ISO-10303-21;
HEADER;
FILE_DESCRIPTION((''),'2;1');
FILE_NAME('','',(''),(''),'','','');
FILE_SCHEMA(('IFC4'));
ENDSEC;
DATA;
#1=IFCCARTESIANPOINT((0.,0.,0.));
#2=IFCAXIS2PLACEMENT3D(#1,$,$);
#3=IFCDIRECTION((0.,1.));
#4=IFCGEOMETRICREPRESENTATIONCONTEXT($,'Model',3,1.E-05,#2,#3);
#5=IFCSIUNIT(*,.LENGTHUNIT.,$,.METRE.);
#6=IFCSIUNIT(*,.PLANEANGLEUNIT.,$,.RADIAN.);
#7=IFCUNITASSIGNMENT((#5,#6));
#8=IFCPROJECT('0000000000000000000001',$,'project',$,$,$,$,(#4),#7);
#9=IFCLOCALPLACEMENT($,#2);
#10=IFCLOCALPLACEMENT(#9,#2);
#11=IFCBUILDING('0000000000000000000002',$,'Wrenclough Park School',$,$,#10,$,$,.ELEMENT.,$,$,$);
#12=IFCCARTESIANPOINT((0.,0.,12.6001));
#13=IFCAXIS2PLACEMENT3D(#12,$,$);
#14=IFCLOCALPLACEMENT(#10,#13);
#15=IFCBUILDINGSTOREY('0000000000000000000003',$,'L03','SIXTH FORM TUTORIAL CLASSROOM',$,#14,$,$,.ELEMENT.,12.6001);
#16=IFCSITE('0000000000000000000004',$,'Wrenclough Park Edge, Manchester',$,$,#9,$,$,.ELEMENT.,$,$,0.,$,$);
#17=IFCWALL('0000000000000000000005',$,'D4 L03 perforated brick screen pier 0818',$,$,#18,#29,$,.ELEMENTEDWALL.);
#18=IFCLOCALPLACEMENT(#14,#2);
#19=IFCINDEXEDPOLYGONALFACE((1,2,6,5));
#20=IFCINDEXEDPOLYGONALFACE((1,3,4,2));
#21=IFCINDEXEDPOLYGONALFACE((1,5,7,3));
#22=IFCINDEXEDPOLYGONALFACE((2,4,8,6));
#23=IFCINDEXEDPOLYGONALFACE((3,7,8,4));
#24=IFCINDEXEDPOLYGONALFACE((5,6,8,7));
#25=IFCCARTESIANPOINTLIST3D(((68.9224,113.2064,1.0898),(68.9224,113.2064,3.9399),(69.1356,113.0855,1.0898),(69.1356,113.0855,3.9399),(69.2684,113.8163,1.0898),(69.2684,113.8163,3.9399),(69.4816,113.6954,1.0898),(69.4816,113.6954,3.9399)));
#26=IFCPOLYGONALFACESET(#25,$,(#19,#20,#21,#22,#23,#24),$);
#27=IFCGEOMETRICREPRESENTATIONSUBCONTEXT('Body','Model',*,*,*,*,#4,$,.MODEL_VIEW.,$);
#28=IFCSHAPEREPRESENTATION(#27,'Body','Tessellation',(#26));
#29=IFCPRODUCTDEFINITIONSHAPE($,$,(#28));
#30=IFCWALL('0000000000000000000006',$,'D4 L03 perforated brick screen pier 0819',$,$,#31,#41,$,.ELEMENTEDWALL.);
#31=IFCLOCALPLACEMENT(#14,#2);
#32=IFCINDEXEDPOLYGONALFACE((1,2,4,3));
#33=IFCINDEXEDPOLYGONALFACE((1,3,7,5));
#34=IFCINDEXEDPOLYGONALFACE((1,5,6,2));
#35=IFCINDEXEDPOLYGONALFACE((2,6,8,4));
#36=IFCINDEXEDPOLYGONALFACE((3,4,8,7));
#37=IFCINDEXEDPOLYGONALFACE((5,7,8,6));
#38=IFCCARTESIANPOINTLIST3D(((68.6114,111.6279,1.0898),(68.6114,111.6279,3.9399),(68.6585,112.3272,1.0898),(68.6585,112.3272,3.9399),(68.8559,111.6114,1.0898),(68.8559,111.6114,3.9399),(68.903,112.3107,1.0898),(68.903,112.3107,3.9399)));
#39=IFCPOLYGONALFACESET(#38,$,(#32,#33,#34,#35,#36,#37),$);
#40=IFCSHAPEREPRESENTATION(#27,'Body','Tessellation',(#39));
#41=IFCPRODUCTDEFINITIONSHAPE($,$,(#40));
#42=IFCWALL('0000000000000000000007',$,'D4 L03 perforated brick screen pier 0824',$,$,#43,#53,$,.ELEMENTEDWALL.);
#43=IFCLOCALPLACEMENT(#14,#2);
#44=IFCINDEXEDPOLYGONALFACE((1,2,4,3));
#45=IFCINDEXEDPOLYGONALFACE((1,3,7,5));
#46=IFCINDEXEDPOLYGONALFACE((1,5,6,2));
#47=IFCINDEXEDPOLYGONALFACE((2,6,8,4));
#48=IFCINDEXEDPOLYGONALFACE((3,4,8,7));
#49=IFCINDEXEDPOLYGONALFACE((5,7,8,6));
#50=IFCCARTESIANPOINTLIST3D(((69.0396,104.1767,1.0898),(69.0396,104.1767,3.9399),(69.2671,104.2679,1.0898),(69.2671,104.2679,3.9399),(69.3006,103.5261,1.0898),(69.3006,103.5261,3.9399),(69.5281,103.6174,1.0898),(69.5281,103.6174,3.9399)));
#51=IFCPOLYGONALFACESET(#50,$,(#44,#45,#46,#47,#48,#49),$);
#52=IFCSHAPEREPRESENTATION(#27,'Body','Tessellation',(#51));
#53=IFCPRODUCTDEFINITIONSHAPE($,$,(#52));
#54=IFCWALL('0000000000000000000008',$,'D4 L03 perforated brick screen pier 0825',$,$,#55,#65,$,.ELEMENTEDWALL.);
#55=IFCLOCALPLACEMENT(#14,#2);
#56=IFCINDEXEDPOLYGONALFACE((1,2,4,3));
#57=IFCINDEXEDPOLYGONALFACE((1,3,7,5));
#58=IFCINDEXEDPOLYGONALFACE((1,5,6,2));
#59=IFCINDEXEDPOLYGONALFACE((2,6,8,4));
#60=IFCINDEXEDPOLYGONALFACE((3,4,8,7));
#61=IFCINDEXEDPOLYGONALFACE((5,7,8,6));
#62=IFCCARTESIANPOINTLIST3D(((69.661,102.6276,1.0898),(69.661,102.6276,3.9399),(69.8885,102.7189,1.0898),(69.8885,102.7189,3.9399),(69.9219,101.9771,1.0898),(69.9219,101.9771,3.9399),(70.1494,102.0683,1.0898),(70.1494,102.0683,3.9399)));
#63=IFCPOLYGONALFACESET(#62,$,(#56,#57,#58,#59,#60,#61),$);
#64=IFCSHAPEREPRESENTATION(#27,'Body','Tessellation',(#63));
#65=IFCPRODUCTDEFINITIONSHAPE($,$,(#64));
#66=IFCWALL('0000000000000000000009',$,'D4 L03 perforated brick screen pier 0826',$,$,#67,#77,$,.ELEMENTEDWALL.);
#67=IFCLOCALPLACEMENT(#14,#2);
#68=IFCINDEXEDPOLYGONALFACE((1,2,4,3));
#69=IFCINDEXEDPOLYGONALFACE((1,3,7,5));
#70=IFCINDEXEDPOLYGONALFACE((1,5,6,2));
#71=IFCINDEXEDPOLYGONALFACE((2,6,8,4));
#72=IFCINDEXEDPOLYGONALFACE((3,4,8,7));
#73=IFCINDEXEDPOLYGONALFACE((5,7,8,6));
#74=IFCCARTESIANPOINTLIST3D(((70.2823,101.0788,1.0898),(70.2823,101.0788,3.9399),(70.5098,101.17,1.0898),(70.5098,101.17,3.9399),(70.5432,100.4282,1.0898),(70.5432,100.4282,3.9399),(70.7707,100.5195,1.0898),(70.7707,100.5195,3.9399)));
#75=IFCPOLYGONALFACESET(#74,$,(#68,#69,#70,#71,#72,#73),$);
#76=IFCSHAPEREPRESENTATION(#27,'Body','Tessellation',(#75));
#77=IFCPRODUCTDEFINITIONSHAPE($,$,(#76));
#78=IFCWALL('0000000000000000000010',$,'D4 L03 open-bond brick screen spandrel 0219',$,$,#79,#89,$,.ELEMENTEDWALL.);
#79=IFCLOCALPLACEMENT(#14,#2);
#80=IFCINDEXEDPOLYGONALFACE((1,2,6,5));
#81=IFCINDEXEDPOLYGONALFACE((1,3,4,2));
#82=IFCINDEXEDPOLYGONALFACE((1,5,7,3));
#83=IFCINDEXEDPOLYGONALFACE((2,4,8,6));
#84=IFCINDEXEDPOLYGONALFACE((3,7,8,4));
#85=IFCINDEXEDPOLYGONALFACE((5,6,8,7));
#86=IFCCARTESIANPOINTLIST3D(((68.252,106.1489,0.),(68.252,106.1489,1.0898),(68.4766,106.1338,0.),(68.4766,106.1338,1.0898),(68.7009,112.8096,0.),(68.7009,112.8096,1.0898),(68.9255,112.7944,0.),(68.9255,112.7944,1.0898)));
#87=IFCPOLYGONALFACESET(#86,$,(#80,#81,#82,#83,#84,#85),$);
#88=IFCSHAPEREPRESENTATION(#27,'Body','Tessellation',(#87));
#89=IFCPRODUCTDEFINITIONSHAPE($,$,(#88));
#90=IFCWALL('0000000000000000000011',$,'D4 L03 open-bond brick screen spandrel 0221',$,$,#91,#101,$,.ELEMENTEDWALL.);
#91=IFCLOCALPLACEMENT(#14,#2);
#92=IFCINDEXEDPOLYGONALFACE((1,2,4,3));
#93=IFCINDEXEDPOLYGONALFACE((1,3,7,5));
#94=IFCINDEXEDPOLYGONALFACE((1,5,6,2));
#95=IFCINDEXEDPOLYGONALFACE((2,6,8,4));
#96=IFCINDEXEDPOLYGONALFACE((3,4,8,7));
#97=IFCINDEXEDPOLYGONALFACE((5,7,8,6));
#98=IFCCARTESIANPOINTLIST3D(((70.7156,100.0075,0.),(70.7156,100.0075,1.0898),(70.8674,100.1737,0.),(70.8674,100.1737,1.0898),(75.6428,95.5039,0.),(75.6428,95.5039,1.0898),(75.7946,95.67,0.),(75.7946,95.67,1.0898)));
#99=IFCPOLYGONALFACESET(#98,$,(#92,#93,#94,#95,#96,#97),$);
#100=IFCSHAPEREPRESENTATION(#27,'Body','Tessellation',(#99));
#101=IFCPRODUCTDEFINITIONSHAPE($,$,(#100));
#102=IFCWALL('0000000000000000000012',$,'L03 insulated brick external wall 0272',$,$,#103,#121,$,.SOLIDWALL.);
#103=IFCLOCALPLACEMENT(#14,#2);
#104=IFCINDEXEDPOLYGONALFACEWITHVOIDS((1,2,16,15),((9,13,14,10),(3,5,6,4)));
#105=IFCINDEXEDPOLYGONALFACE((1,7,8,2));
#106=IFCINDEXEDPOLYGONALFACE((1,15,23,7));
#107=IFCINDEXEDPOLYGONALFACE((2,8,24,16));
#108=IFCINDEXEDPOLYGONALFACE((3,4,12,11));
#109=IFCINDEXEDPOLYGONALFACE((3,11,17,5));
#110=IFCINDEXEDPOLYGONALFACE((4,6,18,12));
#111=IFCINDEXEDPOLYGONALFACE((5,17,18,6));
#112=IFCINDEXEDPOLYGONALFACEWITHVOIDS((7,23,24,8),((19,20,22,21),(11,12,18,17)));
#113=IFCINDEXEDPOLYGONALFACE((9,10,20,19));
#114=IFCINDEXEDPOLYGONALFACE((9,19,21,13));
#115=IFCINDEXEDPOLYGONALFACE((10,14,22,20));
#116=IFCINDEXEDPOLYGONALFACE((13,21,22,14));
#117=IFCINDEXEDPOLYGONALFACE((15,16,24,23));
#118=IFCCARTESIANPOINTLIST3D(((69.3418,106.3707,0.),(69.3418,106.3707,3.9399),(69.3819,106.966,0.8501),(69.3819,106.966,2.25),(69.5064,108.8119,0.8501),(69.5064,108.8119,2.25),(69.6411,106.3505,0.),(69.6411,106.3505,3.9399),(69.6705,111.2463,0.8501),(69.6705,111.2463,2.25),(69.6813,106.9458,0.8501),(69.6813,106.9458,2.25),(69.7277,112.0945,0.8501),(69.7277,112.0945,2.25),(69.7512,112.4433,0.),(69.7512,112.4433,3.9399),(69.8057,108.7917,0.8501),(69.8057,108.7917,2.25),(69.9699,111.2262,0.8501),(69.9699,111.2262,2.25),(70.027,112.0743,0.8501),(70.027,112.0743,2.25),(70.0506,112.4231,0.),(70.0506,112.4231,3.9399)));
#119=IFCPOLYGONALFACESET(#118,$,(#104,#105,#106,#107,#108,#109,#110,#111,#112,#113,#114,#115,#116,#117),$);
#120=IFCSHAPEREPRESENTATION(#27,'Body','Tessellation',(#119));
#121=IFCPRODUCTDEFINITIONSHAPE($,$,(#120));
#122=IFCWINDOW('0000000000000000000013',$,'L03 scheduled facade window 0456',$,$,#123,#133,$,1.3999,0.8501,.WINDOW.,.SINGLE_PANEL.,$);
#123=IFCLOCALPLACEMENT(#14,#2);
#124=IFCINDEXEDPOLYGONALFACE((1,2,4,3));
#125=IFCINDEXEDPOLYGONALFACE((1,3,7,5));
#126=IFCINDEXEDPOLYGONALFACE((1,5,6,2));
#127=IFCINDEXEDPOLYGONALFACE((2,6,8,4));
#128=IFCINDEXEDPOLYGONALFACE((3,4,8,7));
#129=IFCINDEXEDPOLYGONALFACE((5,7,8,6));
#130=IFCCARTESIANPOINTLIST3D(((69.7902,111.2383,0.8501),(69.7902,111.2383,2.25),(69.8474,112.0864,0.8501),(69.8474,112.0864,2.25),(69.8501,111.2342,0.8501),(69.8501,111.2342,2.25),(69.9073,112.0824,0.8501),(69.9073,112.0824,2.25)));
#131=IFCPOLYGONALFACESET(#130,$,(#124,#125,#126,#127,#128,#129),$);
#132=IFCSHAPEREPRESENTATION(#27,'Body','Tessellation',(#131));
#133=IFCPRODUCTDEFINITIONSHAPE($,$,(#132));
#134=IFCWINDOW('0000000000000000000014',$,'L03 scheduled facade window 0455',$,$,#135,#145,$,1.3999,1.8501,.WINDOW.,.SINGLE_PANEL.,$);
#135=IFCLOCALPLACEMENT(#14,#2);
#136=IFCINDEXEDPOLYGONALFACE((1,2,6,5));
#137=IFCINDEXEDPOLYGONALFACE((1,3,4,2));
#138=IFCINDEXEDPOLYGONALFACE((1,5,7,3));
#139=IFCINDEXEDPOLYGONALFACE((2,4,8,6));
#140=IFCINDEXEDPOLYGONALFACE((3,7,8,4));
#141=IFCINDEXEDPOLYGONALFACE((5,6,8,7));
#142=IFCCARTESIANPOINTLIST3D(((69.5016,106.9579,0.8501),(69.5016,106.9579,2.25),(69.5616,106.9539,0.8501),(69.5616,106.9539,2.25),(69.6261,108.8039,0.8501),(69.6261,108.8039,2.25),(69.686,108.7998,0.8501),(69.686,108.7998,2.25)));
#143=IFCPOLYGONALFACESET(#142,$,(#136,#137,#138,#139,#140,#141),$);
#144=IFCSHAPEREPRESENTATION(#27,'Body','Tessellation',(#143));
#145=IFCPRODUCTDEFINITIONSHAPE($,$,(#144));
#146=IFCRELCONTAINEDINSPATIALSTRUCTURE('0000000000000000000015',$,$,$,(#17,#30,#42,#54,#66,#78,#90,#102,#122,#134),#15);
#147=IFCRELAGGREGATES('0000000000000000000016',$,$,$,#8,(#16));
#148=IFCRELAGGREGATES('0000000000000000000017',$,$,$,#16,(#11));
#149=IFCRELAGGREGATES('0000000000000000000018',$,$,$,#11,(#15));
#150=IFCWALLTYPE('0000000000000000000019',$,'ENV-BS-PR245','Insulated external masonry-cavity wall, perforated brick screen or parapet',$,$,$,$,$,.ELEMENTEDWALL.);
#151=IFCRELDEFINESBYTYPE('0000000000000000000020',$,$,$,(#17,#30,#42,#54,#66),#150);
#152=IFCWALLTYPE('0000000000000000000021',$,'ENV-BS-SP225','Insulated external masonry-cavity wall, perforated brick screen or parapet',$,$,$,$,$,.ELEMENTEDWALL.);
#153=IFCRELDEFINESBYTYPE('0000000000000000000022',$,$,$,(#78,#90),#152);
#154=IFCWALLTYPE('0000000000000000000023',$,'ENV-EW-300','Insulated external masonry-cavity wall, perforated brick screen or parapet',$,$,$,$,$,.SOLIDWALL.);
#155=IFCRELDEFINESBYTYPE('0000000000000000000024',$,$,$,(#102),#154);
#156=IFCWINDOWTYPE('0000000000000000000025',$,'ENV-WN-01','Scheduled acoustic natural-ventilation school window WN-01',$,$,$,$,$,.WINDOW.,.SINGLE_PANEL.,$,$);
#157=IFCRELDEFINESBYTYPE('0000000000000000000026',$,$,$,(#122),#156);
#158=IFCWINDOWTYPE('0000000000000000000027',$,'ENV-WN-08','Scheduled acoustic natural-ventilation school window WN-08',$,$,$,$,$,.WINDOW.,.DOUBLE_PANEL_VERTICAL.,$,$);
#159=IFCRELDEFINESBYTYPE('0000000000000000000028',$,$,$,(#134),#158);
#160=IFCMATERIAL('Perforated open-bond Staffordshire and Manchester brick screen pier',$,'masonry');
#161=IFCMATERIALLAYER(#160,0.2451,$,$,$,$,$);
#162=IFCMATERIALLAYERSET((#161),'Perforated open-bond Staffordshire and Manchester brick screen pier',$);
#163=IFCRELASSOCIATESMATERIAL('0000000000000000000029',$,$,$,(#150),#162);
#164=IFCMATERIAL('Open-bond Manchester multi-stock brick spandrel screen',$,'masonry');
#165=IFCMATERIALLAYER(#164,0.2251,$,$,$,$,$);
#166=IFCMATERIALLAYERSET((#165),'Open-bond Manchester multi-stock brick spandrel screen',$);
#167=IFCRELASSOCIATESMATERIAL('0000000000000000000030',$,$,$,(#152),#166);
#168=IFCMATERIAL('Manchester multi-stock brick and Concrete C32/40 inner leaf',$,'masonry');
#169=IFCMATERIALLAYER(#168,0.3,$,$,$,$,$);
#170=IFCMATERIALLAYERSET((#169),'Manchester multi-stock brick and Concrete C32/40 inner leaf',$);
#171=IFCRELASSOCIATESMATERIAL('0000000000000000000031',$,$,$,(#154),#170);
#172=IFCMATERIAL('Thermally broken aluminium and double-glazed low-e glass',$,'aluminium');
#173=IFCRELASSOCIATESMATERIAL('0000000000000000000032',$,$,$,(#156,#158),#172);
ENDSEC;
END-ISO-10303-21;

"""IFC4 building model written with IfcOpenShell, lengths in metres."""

from ifc_helpers import new_model, si_unit, direction, frame, frame_2d, origin, place, context, subcontext, project, spatial, rectangle, extrude, material, layer, layer_set, type_object, element, fill, save


model = new_model("IFC4")

# Units and contexts
model_context = context("Model", 3, precision=1e-05, world=origin(), true_north=direction((0.0, 1.0)))
body_context = subcontext(model_context, "Body", "Model", "MODEL_VIEW")
ifc_project = project(units=[si_unit("LENGTHUNIT", "METRE"), si_unit("PLANEANGLEUNIT", "RADIAN")], contexts=[model_context])

# Site, building, storey
site_placement = place(None, origin())
site = spatial("IfcSite", under=ifc_project, at=site_placement, Name="Wrenclough Park Edge, Manchester", CompositionType="ELEMENT", RefElevation=0.0)
building_placement = place(site_placement, origin())
building = spatial("IfcBuilding", under=site, at=building_placement, Name="Wrenclough Park School", CompositionType="ELEMENT")
storey_placement = place(building_placement, frame((0.0, 0.0, 12.6001)))
storey = spatial("IfcBuildingStorey", under=building, at=storey_placement, Name="L03", Description="SIXTH FORM TUTORIAL CLASSROOM", CompositionType="ELEMENT", Elevation=12.6001)

# Walls
ifc_material_1 = material(Name="Perforated open-bond Staffordshire and Manchester brick screen pier", Category="masonry")
ifc_layer_1 = layer(ifc_material_1, 0.2451)
ifc_layer_set_1 = layer_set([ifc_layer_1], Name="Perforated open-bond Staffordshire and Manchester brick screen pier")
wall_type_1 = type_object("IfcWallType", Name="ENV-BS-PR245", Description="Insulated external masonry-cavity wall, perforated brick screen or parapet", PredefinedType="ELEMENTEDWALL", material=ifc_layer_set_1)
wall_1_placement = place(storey_placement, frame((69.375, 113.7559, 1.0898), z_axis=(0.0, 0.0, 1.0), x_axis=(-0.493399, -0.869803, 0.0)))
element("IfcWall", 1, at=wall_1_placement, inside=storey, type_object=wall_type_1, Name="D4 L03 perforated brick screen pier 0818", PredefinedType="ELEMENTEDWALL", context=body_context, shape_type="SweptSolid", body=[
    extrude(rectangle(XDim=0.7012, YDim=0.2451, at=frame_2d((0.3506, 0.0))), origin(), (0.0, 0.0, 1.0), 2.8501),
])
for number, where, z_axis, x_axis, name in (
    (2, (68.7808, 112.3191, 1.0898), (0.0, 0.0, 1.0), (-0.067212, -0.997739, 0.0), "D4 L03 perforated brick screen pier 0819"),
    (3, (69.1533, 104.2224, 1.0898), (0.0, 0.0, 1.0), (0.372291, -0.928116, 0.0), "D4 L03 perforated brick screen pier 0824"),
    (4, (69.7747, 102.6733, 1.0898), (0.0, 0.0, 1.0), (0.372291, -0.928116, 0.0), "D4 L03 perforated brick screen pier 0825"),
    (5, (70.396, 101.1245, 1.0898), (0.0, 0.0, 1.0), (0.372291, -0.928116, 0.0), "D4 L03 perforated brick screen pier 0826"),
):
    element("IfcWall", number, at=place(storey_placement, frame(where, z_axis=z_axis, x_axis=x_axis)), inside=storey, type_object=wall_type_1, Name=name, PredefinedType="ELEMENTEDWALL", context=body_context, shape_type="SweptSolid", body=[
        extrude(rectangle(XDim=0.7009, YDim=0.2451, at=frame_2d((0.3506, 0.0))), origin(), (0.0, 0.0, 1.0), 2.8501),
    ])
ifc_material_2 = material(Name="Open-bond Manchester multi-stock brick spandrel screen", Category="masonry")
ifc_layer_2 = layer(ifc_material_2, 0.2251)
ifc_layer_set_2 = layer_set([ifc_layer_2], Name="Open-bond Manchester multi-stock brick spandrel screen")
wall_type_2 = type_object("IfcWallType", Name="ENV-BS-SP225", Description="Insulated external masonry-cavity wall, perforated brick screen or parapet", PredefinedType="ELEMENTEDWALL", material=ifc_layer_set_2)
wall_2_placement = place(storey_placement, frame((68.8132, 112.802, 0.0), z_axis=(0.0, 0.0, 1.0), x_axis=(-0.067254, -0.997736, 0.0)))
element("IfcWall", 6, at=wall_2_placement, inside=storey, type_object=wall_type_2, Name="D4 L03 open-bond brick screen spandrel 0219", PredefinedType="ELEMENTEDWALL", context=body_context, shape_type="SweptSolid", body=[
    extrude(rectangle(XDim=6.6758, YDim=0.2251, at=frame_2d((3.3379, 0.0))), origin(), (0.0, 0.0, 1.0), 1.0898),
])
wall_3_placement = place(storey_placement, frame((70.7915, 100.0906, 0.0), z_axis=(0.0, 0.0, 1.0), x_axis=(0.738122, -0.674667, 0.0)))
element("IfcWall", 7, at=wall_3_placement, inside=storey, type_object=wall_type_2, Name="D4 L03 open-bond brick screen spandrel 0221", PredefinedType="ELEMENTEDWALL", context=body_context, shape_type="SweptSolid", body=[
    extrude(rectangle(XDim=6.6753, YDim=0.2251, at=frame_2d((3.3376, 0.0))), origin(), (0.0, 0.0, 1.0), 1.0898),
])

# Wall, openings, windows
ifc_material_3 = material(Name="Manchester multi-stock brick and Concrete C32/40 inner leaf", Category="masonry")
ifc_layer_3 = layer(ifc_material_3, 0.3)
ifc_layer_set_3 = layer_set([ifc_layer_3], Name="Manchester multi-stock brick and Concrete C32/40 inner leaf")
wall_type_3 = type_object("IfcWallType", Name="ENV-EW-300", Description="Insulated external masonry-cavity wall, perforated brick screen or parapet", PredefinedType="SOLIDWALL", material=ifc_layer_set_3)
wall_4_placement = place(storey_placement, frame((69.4915, 106.3606, 0.0), z_axis=(0.0, 0.0, 1.0), x_axis=(0.067267, 0.997735, 0.0)))
wall_4 = element("IfcWall", 8, at=wall_4_placement, inside=storey, type_object=wall_type_3, Name="L03 insulated brick external wall 0272", PredefinedType="SOLIDWALL", context=body_context, shape_type="SweptSolid", body=[
    extrude(rectangle(XDim=6.0864, YDim=0.3, at=frame_2d((3.0432, 0.0))), origin(), (0.0, 0.0, 1.0), 3.9399),
])
opening_1_placement = place(wall_4_placement, frame((0.5967, 0.0, 0.8501)))
opening_1 = element("IfcOpeningElement", 9, at=opening_1_placement, cuts=wall_4, PredefinedType="OPENING", context=body_context, shape_type="SweptSolid", body=[
    extrude(rectangle(XDim=1.8501, YDim=1.3999, at=frame_2d((0.925, 0.7))), frame((0.0, 0.1599, 0.0), z_axis=(0.0, -1.0, 0.0), x_axis=(1.0, 0.0, 0.0)), (0.0, 0.0, 1.0), 0.3201),
])
opening_2_placement = place(wall_4_placement, frame((4.8867, 0.0, 0.8501)))
opening_2 = element("IfcOpeningElement", 10, at=opening_2_placement, cuts=wall_4, PredefinedType="OPENING", context=body_context, shape_type="SweptSolid", body=[
    extrude(rectangle(XDim=0.8501, YDim=1.3999, at=frame_2d((0.425, 0.7))), frame((0.0, 0.1599, 0.0), z_axis=(0.0, -1.0, 0.0), x_axis=(1.0, 0.0, 0.0)), (0.0, 0.0, 1.0), 0.3201),
])
ifc_material_4 = material(Name="Thermally broken aluminium and double-glazed low-e glass", Category="aluminium")
window_type_1 = type_object("IfcWindowType", Name="ENV-WN-01", Description="Scheduled acoustic natural-ventilation school window WN-01", PartitioningType="SINGLE_PANEL", PredefinedType="WINDOW", material=ifc_material_4)
window_1_placement = place(opening_2_placement, origin())
window_1 = element("IfcWindow", 11, at=window_1_placement, inside=storey, type_object=window_type_1, Name="L03 scheduled facade window 0456", OverallHeight=1.3999, OverallWidth=0.8501, PartitioningType="SINGLE_PANEL", PredefinedType="WINDOW", context=body_context, shape_type="SweptSolid", body=[
    extrude(rectangle(XDim=0.8501, YDim=1.3999, at=frame_2d((0.425, 0.7))), frame((0.0, 0.03, 0.0), z_axis=(0.0, -1.0, 0.0), x_axis=(1.0, 0.0, 0.0)), (0.0, 0.0, 1.0), 0.0601),
])
fill(opening_2, window_1)
window_type_2 = type_object("IfcWindowType", Name="ENV-WN-08", Description="Scheduled acoustic natural-ventilation school window WN-08", PartitioningType="DOUBLE_PANEL_VERTICAL", PredefinedType="WINDOW", material=ifc_material_4)
window_2_placement = place(opening_1_placement, origin())
window_2 = element("IfcWindow", 12, at=window_2_placement, inside=storey, type_object=window_type_2, Name="L03 scheduled facade window 0455", OverallHeight=1.3999, OverallWidth=1.8501, PartitioningType="SINGLE_PANEL", PredefinedType="WINDOW", context=body_context, shape_type="SweptSolid", body=[
    extrude(rectangle(XDim=1.8501, YDim=1.3999, at=frame_2d((0.925, 0.7))), frame((0.0, 0.03, 0.0), z_axis=(0.0, -1.0, 0.0), x_axis=(1.0, 0.0, 0.0)), (0.0, 0.0, 1.0), 0.0601),
])
fill(opening_1, window_2)

save(model, "model.ifc")
